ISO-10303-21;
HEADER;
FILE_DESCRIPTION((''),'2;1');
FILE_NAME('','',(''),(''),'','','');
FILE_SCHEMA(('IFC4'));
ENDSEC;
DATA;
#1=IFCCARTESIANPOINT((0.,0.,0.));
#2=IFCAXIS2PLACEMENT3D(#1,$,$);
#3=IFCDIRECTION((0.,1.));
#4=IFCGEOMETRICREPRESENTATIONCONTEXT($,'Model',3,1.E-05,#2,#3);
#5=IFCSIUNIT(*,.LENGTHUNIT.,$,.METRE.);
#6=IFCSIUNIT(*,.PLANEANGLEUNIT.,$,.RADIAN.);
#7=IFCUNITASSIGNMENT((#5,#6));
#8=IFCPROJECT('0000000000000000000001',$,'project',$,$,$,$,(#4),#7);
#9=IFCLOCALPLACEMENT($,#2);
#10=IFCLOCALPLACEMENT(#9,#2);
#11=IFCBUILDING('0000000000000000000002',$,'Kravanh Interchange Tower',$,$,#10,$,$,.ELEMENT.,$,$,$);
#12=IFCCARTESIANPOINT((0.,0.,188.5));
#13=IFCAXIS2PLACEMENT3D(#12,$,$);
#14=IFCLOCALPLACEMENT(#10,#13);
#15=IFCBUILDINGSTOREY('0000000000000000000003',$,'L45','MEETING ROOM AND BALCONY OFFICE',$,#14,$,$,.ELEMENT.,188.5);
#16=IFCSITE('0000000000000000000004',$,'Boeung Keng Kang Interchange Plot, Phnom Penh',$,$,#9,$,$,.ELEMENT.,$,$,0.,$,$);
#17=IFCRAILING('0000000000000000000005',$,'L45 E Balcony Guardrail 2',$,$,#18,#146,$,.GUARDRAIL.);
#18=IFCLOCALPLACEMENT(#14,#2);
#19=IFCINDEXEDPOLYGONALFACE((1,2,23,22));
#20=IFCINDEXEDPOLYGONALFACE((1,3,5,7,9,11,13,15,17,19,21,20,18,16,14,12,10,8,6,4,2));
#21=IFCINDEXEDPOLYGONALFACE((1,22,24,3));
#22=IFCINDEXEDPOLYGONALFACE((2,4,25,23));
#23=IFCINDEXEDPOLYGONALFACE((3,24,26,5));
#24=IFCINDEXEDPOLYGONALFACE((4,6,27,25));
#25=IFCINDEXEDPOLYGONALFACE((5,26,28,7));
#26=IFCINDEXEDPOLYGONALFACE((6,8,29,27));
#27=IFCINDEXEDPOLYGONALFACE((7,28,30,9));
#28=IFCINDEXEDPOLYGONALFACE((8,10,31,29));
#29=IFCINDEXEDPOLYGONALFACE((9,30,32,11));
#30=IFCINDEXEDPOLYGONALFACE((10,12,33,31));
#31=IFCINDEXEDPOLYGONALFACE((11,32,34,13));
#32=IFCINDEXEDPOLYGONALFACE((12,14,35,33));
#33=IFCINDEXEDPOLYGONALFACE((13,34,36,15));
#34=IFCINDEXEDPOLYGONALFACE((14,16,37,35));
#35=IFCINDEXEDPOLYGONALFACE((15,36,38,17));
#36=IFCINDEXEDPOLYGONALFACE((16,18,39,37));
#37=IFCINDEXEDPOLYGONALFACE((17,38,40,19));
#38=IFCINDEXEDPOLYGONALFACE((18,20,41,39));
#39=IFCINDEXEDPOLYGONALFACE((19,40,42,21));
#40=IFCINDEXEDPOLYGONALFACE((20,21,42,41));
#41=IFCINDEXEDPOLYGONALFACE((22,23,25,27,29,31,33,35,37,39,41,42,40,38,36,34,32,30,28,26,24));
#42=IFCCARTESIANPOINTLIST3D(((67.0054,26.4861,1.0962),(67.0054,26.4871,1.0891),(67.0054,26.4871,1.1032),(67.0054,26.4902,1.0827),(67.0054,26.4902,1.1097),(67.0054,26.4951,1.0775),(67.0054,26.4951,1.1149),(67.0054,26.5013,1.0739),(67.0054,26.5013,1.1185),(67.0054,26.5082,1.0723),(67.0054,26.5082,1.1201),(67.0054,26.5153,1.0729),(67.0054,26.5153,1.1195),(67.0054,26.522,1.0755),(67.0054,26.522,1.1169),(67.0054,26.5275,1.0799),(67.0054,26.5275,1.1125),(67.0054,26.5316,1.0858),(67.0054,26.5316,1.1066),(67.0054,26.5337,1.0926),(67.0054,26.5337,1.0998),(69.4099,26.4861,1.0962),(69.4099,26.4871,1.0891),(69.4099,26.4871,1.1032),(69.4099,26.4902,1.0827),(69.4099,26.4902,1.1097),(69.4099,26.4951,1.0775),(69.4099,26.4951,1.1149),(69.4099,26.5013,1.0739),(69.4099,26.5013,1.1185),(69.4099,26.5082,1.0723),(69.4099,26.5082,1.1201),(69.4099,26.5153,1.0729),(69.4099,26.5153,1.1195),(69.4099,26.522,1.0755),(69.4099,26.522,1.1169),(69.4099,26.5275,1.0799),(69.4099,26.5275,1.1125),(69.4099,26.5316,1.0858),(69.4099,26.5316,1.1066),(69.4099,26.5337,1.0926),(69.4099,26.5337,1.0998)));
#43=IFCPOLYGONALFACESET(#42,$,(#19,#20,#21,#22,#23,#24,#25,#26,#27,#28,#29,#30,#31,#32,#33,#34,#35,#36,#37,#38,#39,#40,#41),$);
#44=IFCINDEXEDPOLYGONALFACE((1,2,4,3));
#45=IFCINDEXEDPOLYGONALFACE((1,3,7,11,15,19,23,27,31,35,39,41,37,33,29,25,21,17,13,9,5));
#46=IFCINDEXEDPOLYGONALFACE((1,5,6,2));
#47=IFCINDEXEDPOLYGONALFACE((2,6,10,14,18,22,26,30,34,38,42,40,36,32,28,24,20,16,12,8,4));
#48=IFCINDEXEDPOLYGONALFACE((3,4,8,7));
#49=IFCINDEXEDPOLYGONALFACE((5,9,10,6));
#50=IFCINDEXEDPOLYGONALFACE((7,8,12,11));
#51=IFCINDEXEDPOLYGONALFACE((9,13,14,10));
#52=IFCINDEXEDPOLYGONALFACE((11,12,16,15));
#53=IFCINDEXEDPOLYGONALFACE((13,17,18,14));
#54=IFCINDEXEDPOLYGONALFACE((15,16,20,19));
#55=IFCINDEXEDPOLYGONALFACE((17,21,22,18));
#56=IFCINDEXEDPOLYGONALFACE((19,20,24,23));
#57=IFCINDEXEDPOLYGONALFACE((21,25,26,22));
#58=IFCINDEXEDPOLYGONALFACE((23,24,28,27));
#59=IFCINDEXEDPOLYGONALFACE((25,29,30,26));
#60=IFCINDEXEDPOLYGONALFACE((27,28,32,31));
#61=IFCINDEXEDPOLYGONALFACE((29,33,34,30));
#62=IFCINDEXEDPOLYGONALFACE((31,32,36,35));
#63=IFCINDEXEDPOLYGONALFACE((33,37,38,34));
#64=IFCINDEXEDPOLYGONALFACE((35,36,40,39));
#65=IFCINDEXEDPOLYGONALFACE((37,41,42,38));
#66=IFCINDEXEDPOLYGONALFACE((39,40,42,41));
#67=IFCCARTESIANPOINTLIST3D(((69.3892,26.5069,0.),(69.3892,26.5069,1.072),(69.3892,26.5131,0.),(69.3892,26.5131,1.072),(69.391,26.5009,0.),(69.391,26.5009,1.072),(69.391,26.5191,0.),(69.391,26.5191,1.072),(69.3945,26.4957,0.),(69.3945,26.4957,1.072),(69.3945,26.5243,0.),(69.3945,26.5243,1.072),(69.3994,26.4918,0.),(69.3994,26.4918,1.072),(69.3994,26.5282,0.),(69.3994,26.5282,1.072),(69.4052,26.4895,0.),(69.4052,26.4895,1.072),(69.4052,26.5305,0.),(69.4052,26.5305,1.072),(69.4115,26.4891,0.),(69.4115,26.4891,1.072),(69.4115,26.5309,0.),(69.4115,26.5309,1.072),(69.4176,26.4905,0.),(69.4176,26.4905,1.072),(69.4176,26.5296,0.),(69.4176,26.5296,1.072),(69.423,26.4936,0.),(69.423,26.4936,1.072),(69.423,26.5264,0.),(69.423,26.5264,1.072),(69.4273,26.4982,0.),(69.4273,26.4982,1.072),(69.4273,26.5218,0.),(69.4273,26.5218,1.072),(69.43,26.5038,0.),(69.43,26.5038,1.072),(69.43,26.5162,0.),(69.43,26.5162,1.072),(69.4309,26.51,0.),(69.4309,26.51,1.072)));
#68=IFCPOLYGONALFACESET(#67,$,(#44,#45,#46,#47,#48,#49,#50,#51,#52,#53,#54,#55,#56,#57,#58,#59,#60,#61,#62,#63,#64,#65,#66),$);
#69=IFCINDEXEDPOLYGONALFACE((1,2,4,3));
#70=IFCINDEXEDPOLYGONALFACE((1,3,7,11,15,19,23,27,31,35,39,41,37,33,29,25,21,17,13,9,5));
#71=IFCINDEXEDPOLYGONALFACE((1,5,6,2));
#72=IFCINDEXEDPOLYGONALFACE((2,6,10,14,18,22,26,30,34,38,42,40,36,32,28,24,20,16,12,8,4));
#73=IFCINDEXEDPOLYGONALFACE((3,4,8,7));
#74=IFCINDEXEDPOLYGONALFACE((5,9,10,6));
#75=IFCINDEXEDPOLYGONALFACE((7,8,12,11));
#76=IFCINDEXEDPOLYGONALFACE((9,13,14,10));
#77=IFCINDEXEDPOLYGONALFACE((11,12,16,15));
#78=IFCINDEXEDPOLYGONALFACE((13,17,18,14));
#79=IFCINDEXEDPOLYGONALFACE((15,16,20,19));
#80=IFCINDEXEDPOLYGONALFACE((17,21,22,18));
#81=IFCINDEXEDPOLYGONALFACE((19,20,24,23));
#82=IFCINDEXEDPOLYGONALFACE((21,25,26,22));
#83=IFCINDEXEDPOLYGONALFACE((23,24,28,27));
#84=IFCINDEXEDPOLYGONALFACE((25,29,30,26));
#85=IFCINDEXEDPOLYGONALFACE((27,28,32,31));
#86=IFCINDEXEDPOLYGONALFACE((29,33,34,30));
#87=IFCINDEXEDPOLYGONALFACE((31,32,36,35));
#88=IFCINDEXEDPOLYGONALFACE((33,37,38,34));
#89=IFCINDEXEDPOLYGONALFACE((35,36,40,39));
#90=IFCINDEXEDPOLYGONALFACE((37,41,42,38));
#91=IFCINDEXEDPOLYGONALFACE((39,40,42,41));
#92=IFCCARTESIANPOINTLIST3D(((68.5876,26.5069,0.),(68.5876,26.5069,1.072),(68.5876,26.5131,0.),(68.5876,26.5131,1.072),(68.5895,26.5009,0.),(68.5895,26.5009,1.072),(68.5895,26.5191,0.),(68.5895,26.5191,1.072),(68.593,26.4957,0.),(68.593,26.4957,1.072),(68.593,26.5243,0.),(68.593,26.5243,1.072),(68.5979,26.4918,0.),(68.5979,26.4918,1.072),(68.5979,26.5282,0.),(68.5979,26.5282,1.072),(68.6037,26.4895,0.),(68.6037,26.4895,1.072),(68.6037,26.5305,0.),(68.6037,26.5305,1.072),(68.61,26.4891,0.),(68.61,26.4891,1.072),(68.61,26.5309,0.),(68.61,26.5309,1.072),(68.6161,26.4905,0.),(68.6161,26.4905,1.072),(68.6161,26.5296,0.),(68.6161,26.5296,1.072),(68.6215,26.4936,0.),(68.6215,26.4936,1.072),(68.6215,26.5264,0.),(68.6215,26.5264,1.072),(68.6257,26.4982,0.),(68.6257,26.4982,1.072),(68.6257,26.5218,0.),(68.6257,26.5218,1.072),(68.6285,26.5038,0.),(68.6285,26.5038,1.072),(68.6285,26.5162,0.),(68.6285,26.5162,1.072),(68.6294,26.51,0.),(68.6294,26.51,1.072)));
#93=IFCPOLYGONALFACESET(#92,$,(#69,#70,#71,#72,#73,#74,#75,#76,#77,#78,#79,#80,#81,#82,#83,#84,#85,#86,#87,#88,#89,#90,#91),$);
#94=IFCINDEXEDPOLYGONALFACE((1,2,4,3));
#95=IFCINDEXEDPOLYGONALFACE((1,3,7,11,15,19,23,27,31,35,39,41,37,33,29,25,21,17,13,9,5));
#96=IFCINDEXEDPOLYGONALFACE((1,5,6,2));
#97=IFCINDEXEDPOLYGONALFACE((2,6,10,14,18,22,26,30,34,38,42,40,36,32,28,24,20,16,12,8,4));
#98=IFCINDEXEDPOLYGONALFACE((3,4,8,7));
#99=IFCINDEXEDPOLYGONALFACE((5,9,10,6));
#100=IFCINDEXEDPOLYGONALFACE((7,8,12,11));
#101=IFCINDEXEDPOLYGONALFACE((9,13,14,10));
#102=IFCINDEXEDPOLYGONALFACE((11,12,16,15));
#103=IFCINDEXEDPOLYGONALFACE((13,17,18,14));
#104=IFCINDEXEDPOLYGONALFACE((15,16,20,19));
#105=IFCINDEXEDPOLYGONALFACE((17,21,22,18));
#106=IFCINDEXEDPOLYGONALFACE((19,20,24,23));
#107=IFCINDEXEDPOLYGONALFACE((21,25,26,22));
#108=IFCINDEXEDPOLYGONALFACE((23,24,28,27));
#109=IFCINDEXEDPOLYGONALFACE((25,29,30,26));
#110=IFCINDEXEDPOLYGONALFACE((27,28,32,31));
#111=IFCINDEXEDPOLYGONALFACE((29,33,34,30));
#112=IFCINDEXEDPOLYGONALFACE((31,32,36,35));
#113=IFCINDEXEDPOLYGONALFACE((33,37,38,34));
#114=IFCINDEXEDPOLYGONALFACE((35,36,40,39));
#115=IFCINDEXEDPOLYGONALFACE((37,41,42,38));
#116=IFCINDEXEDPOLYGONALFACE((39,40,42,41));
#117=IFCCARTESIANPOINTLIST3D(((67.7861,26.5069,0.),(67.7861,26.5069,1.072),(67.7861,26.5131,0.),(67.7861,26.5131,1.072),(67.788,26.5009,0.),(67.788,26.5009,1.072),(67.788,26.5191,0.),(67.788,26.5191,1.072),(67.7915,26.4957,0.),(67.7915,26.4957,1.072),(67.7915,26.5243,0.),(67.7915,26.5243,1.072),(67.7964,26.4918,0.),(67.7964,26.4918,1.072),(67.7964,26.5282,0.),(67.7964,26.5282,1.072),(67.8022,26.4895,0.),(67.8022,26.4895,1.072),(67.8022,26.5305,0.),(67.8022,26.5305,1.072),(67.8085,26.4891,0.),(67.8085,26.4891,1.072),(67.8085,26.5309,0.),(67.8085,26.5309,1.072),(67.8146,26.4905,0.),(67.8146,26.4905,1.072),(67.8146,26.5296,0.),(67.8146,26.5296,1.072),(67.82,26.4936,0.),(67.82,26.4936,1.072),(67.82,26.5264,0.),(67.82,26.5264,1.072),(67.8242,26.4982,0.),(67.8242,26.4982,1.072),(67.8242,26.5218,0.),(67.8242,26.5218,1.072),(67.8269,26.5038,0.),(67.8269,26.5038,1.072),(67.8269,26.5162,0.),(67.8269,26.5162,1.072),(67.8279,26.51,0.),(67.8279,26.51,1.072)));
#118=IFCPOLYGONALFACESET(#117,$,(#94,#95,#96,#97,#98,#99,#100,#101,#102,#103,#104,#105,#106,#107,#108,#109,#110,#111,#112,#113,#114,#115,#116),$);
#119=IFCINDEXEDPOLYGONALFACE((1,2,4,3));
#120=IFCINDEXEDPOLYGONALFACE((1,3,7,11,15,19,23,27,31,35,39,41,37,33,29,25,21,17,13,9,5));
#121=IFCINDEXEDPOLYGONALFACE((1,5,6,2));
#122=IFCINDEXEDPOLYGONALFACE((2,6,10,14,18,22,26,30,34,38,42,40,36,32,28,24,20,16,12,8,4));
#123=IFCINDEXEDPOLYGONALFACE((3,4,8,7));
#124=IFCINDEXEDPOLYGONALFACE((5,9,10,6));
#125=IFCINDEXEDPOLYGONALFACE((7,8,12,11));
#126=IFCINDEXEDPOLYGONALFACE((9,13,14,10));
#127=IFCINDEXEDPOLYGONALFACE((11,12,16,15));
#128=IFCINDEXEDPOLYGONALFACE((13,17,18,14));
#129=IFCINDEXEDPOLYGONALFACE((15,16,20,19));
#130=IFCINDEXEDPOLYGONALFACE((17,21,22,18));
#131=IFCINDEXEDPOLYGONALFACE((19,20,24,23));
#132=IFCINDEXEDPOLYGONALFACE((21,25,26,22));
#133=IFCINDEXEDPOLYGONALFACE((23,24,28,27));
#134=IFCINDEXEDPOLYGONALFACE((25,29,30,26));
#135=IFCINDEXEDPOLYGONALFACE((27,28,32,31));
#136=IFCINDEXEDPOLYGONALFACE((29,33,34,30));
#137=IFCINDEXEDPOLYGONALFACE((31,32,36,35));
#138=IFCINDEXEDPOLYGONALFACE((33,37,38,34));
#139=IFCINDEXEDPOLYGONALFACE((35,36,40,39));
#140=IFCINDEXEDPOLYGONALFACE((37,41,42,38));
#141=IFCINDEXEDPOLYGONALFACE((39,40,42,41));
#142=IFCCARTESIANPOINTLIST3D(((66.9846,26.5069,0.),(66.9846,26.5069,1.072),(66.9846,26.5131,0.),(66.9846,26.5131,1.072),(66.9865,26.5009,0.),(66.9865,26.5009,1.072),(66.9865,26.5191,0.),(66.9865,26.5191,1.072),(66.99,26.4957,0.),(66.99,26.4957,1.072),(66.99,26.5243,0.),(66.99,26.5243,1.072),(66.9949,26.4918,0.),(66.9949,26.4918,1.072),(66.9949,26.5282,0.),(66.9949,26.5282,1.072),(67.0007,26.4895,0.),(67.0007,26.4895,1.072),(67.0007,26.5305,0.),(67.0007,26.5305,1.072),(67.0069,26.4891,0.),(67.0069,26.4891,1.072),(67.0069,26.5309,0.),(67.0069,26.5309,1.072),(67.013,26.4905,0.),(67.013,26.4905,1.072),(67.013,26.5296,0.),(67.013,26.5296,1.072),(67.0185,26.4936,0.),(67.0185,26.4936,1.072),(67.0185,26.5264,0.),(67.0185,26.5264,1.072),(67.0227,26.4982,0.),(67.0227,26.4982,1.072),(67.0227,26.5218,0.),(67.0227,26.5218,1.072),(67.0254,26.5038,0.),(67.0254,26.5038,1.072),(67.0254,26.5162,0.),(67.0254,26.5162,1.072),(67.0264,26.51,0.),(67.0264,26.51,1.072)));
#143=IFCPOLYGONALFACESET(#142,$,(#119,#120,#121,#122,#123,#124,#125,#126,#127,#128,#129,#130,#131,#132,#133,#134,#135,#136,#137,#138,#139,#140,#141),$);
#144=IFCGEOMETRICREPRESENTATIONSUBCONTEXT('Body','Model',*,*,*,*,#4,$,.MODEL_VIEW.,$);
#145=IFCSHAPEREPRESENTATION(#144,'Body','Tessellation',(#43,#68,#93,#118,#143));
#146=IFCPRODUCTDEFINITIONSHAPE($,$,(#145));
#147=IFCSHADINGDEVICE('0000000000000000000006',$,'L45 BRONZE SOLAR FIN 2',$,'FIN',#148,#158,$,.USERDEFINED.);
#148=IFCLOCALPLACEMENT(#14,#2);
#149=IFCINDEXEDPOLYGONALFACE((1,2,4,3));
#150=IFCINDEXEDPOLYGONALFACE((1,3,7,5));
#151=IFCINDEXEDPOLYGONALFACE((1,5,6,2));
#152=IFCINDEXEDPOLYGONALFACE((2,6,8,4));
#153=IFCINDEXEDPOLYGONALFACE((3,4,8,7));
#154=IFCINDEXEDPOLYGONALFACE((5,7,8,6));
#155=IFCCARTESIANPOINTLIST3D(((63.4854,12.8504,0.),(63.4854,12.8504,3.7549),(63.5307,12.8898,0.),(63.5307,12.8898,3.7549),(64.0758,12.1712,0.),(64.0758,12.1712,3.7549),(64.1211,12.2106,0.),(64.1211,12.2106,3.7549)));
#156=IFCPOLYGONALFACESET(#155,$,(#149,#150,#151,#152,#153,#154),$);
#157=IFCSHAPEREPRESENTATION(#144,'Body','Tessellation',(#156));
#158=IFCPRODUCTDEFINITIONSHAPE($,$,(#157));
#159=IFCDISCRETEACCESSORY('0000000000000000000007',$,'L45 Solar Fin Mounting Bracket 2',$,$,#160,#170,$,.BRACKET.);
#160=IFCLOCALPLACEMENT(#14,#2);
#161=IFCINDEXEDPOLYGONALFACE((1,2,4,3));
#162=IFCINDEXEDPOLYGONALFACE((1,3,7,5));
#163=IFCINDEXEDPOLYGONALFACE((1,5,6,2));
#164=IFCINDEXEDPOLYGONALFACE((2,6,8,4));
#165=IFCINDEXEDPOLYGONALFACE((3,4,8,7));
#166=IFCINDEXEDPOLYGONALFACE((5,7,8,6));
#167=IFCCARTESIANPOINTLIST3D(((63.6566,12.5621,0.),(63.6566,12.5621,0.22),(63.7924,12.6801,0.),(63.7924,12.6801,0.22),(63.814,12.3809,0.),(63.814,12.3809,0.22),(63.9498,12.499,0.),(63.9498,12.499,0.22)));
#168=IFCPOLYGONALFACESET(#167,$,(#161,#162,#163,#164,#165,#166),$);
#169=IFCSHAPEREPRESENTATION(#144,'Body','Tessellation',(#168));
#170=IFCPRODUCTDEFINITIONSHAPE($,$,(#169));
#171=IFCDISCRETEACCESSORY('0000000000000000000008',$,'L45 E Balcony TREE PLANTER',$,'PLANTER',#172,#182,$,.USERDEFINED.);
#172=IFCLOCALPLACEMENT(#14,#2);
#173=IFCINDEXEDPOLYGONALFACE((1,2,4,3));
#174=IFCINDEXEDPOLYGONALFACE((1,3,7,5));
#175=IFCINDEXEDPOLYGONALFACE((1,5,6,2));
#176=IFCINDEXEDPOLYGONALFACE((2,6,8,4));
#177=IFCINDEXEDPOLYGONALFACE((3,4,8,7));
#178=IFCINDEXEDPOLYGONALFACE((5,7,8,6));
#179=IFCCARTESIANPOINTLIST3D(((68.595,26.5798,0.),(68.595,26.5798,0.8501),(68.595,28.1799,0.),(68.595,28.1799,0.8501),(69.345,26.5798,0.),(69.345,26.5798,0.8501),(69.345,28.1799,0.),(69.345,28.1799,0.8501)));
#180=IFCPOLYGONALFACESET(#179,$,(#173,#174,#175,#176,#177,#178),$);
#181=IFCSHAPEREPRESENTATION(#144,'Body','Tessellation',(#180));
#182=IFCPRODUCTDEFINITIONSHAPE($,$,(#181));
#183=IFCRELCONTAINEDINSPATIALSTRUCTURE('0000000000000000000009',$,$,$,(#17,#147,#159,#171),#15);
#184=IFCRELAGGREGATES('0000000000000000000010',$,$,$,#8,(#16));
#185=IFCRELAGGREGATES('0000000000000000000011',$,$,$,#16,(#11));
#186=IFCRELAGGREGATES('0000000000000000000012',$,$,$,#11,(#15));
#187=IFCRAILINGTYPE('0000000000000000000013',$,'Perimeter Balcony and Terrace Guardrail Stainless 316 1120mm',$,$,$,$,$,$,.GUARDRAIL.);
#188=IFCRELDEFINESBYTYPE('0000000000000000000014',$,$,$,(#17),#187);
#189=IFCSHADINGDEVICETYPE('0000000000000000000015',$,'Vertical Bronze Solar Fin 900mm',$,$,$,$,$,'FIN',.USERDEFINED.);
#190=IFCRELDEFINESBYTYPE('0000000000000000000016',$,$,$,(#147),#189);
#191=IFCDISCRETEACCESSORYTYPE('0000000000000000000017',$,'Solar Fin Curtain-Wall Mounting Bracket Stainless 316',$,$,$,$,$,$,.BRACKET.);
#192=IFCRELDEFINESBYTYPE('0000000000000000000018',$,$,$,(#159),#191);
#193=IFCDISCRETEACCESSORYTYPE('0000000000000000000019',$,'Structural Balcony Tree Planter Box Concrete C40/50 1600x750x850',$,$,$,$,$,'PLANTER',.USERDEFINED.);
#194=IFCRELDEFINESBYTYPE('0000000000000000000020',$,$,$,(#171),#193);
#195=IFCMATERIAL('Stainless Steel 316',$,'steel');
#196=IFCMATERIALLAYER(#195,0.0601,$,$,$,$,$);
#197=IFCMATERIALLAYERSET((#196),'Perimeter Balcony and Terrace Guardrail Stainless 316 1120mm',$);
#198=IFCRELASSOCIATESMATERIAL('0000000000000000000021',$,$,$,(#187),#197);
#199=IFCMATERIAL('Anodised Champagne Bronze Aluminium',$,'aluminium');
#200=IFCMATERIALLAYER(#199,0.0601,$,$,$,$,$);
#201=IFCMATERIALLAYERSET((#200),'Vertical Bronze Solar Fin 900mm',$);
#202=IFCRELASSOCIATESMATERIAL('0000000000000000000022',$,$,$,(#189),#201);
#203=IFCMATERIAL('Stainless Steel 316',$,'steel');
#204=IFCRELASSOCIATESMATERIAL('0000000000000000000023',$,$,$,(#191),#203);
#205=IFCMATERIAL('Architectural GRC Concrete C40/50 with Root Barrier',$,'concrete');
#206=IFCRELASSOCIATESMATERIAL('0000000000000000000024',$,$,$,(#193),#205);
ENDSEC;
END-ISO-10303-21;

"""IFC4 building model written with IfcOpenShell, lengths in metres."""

from ifc_helpers import new_model, si_unit, direction, frame, origin, origin_2d, place, context, subcontext, project, spatial, rectangle, circle, extrude, material, layer, layer_set, type_object, element, save


model = new_model("IFC4")

# Units and contexts
model_context = context("Model", 3, precision=1e-05, world=origin(), true_north=direction((0.0, 1.0)))
body_context = subcontext(model_context, "Body", "Model", "MODEL_VIEW")
ifc_project = project(units=[si_unit("LENGTHUNIT", "METRE"), si_unit("PLANEANGLEUNIT", "RADIAN")], contexts=[model_context])

# Site, building, storey
site_placement = place(None, origin())
site = spatial("IfcSite", under=ifc_project, at=site_placement, Name="Boeung Keng Kang Interchange Plot, Phnom Penh", CompositionType="ELEMENT", RefElevation=0.0)
building_placement = place(site_placement, origin())
building = spatial("IfcBuilding", under=site, at=building_placement, Name="Kravanh Interchange Tower", CompositionType="ELEMENT")
storey_placement = place(building_placement, frame((0.0, 0.0, 188.5)))
storey = spatial("IfcBuildingStorey", under=building, at=storey_placement, Name="L45", Description="MEETING ROOM AND BALCONY OFFICE", CompositionType="ELEMENT", Elevation=188.5)

# Railing
ifc_material_1 = material(Name="Stainless Steel 316", Category="steel")
ifc_layer_1 = layer(ifc_material_1, 0.0601)
ifc_layer_set_1 = layer_set([ifc_layer_1], Name="Perimeter Balcony and Terrace Guardrail Stainless 316 1120mm")
railing_type = type_object("IfcRailingType", Name="Perimeter Balcony and Terrace Guardrail Stainless 316 1120mm", PredefinedType="GUARDRAIL", material=ifc_layer_set_1)
railing_placement = place(storey_placement, frame((69.4099, 26.51, 0.0)))
element("IfcRailing", 1, at=railing_placement, inside=storey, type_object=railing_type, Name="L45 E Balcony Guardrail 2", PredefinedType="GUARDRAIL", context=body_context, shape_type="SweptSolid", body=[
    extrude(circle(Radius=0.0239, at=origin_2d()), frame((0.0, 0.0, 1.0962), z_axis=(-1.0, 0.0, 0.0), x_axis=(0.0, -1.0, 0.0)), (0.0, 0.0, 1.0), 2.4045),
    extrude(circle(Radius=0.021, at=origin_2d()), origin(), (0.0, 0.0, 1.0), 1.072),
    extrude(circle(Radius=0.021, at=origin_2d()), frame((-0.8015, 0.0, 0.0)), (0.0, 0.0, 1.0), 1.072),
    extrude(circle(Radius=0.021, at=origin_2d()), frame((-1.603, 0.0, 0.0)), (0.0, 0.0, 1.0), 1.072),
    extrude(circle(Radius=0.021, at=origin_2d()), frame((-2.4045, 0.0, 0.0)), (0.0, 0.0, 1.0), 1.072),
])

# Shading device
ifc_material_2 = material(Name="Anodised Champagne Bronze Aluminium", Category="aluminium")
ifc_layer_2 = layer(ifc_material_2, 0.0601)
ifc_layer_set_2 = layer_set([ifc_layer_2], Name="Vertical Bronze Solar Fin 900mm")
shading_device_type_1 = type_object("IfcShadingDeviceType", Name="Vertical Bronze Solar Fin 900mm", ElementType="FIN", PredefinedType="USERDEFINED", material=ifc_layer_set_2)
shading_device_1_placement = place(storey_placement, frame((63.8032, 12.5305, 0.0), z_axis=(0.0, 0.0, 1.0), x_axis=(0.65606, -0.754709, 0.0)))
element("IfcShadingDevice", 2, at=shading_device_1_placement, inside=storey, type_object=shading_device_type_1, Name="L45 BRONZE SOLAR FIN 2", ObjectType="FIN", PredefinedType="USERDEFINED", context=body_context, shape_type="SweptSolid", body=[
    extrude(rectangle(XDim=0.8999, YDim=0.0601, at=origin_2d()), origin(), (0.0, 0.0, 1.0), 3.7549),
])

# Discrete accessories
ifc_material_3 = material(Name="Stainless Steel 316", Category="steel")
discrete_accessory_type_1 = type_object("IfcDiscreteAccessoryType", Name="Solar Fin Curtain-Wall Mounting Bracket Stainless 316", PredefinedType="BRACKET", material=ifc_material_3)
discrete_accessory_1_placement = place(storey_placement, frame((63.8032, 12.5305, 0.0), z_axis=(0.0, 0.0, 1.0), x_axis=(0.65606, -0.754709, 0.0)))
element("IfcDiscreteAccessory", 3, at=discrete_accessory_1_placement, inside=storey, type_object=discrete_accessory_type_1, Name="L45 Solar Fin Mounting Bracket 2", PredefinedType="BRACKET", context=body_context, shape_type="SweptSolid", body=[
    extrude(rectangle(XDim=0.24, YDim=0.1799, at=origin_2d()), origin(), (0.0, 0.0, 1.0), 0.22),
])
ifc_material_4 = material(Name="Architectural GRC Concrete C40/50 with Root Barrier", Category="concrete")
discrete_accessory_type_2 = type_object("IfcDiscreteAccessoryType", Name="Structural Balcony Tree Planter Box Concrete C40/50 1600x750x850", ElementType="PLANTER", PredefinedType="USERDEFINED", material=ifc_material_4)
discrete_accessory_2_placement = place(storey_placement, frame((68.97, 27.3799, 0.0), z_axis=(0.0, 0.0, 1.0), x_axis=(1.0, 0.0, 0.0)))
element("IfcDiscreteAccessory", 4, at=discrete_accessory_2_placement, inside=storey, type_object=discrete_accessory_type_2, Name="L45 E Balcony TREE PLANTER", ObjectType="PLANTER", PredefinedType="USERDEFINED", context=body_context, shape_type="SweptSolid", body=[
    extrude(rectangle(XDim=0.75, YDim=1.6001, at=origin_2d()), origin(), (0.0, 0.0, 1.0), 0.8501),
])

save(model, "model.ifc")
